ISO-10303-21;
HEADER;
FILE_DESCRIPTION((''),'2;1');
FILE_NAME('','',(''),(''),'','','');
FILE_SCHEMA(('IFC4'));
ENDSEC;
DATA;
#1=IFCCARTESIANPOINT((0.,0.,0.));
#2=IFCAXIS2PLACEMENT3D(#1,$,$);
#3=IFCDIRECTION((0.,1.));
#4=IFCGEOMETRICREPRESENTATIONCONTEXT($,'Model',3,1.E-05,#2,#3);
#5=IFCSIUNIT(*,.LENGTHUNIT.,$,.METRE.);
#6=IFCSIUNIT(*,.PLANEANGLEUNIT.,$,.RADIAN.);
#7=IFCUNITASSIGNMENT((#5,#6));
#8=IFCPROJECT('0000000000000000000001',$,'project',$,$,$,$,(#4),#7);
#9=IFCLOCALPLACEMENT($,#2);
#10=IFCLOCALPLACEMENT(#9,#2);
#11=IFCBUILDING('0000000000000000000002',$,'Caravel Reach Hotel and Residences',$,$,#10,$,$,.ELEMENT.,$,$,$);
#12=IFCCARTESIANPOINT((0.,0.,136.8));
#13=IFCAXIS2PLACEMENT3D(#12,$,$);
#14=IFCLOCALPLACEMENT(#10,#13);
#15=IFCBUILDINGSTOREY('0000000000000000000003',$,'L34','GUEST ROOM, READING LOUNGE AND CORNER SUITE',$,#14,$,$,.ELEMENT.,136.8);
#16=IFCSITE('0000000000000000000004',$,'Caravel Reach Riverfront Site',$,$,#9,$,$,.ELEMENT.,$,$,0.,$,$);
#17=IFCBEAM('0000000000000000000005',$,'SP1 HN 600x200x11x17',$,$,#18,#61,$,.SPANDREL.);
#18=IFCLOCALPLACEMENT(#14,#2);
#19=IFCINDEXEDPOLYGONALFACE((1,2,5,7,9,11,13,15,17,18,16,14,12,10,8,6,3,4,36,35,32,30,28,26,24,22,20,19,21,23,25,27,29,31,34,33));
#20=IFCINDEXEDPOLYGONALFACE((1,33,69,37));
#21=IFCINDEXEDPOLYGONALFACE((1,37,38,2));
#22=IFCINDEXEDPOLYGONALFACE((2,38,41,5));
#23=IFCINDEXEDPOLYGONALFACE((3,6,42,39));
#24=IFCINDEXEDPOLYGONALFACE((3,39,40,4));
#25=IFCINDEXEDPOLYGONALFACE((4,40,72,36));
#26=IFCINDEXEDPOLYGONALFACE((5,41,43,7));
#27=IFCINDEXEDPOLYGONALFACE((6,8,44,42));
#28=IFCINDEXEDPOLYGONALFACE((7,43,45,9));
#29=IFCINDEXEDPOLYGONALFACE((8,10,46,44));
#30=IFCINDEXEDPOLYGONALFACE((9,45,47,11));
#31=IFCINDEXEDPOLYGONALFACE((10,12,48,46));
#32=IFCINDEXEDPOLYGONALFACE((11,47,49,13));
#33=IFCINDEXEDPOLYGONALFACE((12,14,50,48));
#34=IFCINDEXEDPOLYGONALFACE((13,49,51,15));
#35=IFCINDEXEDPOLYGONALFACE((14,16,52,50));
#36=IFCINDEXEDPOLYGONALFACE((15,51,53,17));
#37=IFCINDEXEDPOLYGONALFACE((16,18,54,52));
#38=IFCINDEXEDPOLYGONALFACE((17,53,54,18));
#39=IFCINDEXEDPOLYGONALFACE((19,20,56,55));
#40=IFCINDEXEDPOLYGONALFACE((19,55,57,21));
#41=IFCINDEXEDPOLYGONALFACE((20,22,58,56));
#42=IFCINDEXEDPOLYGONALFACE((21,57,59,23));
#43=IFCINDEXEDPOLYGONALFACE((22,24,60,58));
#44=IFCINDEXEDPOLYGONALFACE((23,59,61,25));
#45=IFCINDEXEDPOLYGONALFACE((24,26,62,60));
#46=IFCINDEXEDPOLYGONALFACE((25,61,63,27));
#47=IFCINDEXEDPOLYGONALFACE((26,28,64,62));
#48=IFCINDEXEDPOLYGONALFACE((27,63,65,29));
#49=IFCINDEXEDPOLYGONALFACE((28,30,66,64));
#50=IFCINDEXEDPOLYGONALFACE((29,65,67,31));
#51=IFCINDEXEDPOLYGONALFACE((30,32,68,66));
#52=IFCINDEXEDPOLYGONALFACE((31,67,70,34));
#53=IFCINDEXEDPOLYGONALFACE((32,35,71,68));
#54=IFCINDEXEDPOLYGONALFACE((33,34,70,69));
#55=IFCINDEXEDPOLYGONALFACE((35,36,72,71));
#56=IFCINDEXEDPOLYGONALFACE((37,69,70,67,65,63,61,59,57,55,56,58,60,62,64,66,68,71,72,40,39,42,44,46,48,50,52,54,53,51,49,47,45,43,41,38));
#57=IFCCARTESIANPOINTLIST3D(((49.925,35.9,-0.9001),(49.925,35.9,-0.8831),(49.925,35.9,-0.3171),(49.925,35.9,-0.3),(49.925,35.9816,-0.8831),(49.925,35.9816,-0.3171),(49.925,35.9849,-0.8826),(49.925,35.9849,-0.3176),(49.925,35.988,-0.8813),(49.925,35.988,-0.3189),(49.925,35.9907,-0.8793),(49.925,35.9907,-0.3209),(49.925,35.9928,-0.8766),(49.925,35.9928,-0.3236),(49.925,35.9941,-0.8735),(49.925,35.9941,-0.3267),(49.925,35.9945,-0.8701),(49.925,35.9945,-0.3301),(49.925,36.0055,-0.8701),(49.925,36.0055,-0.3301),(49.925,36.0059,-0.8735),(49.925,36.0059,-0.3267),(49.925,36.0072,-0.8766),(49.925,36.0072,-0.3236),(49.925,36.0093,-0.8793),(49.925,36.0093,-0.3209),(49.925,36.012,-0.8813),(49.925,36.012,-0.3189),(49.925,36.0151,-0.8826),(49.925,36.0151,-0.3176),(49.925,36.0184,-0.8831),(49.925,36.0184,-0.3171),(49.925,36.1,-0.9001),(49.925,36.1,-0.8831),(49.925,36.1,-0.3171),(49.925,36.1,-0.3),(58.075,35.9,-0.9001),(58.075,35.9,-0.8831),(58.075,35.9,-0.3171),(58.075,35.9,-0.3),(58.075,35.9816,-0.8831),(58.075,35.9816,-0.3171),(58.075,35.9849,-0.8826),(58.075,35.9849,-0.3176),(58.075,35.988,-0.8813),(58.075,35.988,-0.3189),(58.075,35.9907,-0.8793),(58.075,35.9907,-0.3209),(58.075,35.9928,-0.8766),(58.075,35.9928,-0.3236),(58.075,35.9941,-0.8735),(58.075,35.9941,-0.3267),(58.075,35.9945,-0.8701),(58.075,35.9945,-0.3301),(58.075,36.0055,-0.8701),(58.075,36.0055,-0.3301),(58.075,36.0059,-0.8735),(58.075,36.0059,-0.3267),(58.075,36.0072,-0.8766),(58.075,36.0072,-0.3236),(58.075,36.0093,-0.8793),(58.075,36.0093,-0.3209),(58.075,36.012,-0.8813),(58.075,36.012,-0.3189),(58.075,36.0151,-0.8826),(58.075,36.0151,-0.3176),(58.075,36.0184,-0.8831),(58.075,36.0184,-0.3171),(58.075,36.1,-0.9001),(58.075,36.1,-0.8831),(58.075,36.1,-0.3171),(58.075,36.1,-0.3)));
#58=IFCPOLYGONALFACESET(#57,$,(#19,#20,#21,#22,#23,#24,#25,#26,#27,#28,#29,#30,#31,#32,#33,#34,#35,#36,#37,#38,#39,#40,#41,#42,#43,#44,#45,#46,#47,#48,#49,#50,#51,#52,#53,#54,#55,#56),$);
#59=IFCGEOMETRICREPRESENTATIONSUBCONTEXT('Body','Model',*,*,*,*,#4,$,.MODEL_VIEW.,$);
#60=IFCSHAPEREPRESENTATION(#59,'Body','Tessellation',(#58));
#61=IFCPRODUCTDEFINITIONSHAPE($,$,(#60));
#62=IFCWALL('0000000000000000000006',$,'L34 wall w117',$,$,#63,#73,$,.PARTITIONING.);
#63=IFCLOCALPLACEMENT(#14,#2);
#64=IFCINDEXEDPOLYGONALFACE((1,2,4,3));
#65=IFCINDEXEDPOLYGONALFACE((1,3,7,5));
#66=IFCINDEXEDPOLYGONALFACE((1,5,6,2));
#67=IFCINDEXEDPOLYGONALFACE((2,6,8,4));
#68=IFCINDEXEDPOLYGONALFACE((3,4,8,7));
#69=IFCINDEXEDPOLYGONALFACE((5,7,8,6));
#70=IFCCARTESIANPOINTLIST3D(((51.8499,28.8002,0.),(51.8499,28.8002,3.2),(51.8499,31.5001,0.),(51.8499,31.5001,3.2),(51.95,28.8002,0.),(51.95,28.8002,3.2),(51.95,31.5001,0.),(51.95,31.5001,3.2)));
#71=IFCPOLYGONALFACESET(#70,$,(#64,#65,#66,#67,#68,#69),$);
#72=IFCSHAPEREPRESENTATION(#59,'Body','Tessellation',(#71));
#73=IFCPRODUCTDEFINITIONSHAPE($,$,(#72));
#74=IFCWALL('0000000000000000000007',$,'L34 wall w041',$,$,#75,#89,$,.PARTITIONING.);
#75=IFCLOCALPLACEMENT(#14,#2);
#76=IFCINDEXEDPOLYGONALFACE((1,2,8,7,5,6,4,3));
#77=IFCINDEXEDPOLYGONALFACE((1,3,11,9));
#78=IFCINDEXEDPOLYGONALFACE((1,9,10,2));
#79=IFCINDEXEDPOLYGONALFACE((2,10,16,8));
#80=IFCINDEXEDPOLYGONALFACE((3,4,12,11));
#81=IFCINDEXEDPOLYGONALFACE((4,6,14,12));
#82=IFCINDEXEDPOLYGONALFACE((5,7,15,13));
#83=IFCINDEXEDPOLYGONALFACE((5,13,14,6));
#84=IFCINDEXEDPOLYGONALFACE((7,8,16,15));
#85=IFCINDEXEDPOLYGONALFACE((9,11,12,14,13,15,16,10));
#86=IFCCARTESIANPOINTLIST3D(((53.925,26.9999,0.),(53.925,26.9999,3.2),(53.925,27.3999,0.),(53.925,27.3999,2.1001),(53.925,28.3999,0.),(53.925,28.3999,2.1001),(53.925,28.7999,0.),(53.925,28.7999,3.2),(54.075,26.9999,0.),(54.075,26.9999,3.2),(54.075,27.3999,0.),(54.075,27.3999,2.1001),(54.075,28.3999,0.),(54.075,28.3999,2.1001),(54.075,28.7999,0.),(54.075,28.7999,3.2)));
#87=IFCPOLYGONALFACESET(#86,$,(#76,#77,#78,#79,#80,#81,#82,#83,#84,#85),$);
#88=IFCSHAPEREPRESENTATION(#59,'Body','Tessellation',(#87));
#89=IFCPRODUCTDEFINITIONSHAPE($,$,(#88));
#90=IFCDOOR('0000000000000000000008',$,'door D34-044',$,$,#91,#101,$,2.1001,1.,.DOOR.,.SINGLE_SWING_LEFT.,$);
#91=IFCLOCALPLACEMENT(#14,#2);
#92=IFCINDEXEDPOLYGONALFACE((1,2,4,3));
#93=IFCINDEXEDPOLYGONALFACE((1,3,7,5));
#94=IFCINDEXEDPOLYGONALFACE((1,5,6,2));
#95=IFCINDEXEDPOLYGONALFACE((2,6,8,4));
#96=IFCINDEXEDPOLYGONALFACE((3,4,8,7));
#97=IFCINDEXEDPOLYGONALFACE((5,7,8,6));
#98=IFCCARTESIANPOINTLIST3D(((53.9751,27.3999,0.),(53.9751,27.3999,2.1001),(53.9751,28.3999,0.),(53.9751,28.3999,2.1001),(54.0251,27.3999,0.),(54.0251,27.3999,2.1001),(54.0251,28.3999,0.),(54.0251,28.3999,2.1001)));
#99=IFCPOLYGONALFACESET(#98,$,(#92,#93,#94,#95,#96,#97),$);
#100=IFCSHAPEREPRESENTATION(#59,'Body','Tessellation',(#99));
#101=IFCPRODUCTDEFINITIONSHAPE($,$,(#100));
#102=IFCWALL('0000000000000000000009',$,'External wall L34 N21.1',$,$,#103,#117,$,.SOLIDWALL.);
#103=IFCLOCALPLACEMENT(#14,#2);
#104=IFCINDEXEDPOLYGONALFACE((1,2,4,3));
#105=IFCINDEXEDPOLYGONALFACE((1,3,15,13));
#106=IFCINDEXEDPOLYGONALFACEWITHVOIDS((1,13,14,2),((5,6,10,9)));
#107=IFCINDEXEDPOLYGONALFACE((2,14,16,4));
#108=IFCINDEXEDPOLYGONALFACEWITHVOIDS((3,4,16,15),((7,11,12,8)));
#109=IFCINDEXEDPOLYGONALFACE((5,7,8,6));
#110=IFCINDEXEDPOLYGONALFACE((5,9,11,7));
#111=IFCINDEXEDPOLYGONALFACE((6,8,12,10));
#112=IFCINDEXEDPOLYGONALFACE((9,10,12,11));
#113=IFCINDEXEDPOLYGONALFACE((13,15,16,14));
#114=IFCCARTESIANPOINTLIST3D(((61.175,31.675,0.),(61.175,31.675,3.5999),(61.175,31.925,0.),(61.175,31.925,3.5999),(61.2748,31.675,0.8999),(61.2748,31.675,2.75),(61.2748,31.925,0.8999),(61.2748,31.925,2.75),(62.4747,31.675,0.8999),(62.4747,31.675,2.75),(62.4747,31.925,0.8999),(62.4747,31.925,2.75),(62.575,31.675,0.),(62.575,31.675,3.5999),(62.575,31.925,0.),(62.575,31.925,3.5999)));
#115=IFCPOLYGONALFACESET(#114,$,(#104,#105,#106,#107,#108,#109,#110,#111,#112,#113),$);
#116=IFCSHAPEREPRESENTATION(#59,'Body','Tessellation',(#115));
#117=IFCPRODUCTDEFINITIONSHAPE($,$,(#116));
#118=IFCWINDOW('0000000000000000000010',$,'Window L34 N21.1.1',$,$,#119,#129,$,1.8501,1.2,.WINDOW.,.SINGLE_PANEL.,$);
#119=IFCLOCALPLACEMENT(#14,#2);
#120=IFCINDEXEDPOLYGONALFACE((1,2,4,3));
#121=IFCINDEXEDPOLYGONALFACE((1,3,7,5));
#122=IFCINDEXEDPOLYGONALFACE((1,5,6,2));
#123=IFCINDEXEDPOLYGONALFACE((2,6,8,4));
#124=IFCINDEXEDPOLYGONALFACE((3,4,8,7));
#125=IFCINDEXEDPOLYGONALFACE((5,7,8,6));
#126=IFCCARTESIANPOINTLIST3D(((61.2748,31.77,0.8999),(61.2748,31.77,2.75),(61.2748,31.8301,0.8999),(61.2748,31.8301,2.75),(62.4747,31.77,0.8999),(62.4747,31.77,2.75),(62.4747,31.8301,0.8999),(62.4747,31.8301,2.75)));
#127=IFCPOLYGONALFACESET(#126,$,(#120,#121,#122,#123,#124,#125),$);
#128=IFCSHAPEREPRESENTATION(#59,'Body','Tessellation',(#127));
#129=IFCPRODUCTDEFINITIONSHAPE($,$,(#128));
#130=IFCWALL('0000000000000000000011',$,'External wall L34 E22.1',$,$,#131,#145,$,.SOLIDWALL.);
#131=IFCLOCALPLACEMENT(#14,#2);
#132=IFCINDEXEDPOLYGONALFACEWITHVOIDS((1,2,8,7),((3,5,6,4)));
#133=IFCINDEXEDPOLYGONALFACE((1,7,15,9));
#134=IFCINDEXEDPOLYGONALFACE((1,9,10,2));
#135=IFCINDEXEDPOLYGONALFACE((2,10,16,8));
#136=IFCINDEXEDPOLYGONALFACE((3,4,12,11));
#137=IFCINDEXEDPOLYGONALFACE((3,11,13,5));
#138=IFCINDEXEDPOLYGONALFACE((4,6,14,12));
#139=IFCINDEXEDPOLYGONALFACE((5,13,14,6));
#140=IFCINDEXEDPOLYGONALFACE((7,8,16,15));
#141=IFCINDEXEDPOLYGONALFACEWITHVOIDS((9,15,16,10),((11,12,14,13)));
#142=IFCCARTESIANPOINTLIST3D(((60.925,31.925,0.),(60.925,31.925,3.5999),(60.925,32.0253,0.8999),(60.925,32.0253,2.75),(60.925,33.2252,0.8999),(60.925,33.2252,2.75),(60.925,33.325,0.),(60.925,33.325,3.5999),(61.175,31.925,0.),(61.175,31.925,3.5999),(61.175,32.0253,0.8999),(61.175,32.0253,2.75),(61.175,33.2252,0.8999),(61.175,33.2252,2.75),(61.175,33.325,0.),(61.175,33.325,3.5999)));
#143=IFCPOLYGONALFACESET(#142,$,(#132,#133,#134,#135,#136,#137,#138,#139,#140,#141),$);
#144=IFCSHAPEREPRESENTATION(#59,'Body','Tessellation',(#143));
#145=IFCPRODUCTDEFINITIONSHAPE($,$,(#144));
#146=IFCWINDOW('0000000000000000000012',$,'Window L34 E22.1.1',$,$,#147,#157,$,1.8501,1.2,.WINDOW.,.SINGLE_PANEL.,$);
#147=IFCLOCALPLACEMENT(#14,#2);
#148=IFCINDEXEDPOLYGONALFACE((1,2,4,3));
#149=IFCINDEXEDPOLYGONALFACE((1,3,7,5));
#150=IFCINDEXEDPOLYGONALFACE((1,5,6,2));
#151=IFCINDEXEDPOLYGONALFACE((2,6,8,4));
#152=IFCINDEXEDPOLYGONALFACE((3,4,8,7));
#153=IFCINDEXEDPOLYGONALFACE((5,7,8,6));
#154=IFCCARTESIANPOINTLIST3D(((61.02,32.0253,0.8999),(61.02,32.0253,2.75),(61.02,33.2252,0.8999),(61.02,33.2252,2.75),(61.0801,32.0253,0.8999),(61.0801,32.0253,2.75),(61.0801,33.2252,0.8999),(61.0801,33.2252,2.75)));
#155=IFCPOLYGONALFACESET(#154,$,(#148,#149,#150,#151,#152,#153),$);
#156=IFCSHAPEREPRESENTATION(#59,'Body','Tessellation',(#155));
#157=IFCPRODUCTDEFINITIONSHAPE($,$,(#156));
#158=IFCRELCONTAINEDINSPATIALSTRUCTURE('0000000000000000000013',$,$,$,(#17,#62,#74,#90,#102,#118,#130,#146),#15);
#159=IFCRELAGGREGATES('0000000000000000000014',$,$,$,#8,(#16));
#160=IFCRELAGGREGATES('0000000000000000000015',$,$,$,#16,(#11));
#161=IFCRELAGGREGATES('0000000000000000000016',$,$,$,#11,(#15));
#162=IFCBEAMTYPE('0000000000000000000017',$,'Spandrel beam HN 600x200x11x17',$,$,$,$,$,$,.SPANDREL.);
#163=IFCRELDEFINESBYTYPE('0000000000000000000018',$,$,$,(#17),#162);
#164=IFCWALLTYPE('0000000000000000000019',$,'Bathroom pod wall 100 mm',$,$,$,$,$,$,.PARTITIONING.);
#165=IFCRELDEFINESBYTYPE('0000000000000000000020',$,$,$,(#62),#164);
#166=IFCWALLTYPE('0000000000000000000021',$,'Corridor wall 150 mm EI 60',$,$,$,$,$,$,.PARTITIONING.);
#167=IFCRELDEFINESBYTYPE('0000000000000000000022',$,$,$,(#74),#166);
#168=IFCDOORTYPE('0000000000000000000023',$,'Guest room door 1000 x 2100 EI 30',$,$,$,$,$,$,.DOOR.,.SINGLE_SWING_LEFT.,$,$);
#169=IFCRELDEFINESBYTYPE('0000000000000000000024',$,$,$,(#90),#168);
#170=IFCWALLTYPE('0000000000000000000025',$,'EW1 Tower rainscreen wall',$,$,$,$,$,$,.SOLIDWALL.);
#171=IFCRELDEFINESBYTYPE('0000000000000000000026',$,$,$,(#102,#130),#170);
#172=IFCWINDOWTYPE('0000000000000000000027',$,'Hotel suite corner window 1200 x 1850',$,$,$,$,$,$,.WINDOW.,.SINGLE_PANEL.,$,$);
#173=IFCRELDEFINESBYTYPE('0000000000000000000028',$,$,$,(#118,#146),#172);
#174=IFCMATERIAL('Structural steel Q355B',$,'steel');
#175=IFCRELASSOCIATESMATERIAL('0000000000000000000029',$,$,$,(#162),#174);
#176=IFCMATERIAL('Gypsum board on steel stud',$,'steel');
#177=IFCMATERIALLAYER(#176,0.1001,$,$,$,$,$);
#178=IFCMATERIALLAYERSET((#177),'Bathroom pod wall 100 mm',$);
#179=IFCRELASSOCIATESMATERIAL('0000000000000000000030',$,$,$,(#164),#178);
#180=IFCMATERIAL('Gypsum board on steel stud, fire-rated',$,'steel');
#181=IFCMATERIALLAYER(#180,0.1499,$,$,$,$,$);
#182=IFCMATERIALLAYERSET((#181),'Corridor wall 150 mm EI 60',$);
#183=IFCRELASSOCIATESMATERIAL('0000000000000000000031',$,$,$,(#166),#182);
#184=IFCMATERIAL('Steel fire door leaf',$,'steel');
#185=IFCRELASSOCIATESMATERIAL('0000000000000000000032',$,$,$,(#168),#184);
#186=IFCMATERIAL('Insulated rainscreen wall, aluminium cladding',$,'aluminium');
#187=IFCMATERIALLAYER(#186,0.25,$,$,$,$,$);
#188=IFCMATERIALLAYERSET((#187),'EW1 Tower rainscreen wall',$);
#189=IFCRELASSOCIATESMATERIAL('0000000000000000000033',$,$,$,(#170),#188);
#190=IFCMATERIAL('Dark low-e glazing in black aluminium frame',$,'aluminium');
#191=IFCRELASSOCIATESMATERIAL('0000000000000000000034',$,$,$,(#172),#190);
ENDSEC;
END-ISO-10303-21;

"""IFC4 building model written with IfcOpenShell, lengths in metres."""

from ifc_helpers import new_model, si_unit, direction, frame, frame_2d, origin, origin_2d, place, context, subcontext, project, spatial, rectangle, i_section, extrude, material, layer, layer_set, material_profile, profile_set, type_object, element, fill, save


model = new_model("IFC4")

# Units and contexts
model_context = context("Model", 3, precision=1e-05, world=origin(), true_north=direction((0.0, 1.0)))
body_context = subcontext(model_context, "Body", "Model", "MODEL_VIEW")
ifc_project = project(units=[si_unit("LENGTHUNIT", "METRE"), si_unit("PLANEANGLEUNIT", "RADIAN")], contexts=[model_context])

# Site, building, storey
site_placement = place(None, origin())
site = spatial("IfcSite", under=ifc_project, at=site_placement, Name="Caravel Reach Riverfront Site", CompositionType="ELEMENT", RefElevation=0.0)
building_placement = place(site_placement, origin())
building = spatial("IfcBuilding", under=site, at=building_placement, Name="Caravel Reach Hotel and Residences", CompositionType="ELEMENT")
storey_placement = place(building_placement, frame((0.0, 0.0, 136.8)))
storey = spatial("IfcBuildingStorey", under=building, at=storey_placement, Name="L34", Description="GUEST ROOM, READING LOUNGE AND CORNER SUITE", CompositionType="ELEMENT", Elevation=136.8)

# Beam
ifc_material_1 = material(Name="Structural steel Q355B", Category="steel")
ifc_material_profile_1 = material_profile(ifc_material_1, i_section(OverallWidth=0.2, OverallDepth=0.6001, WebThickness=0.011, FlangeThickness=0.0171, FilletRadius=0.0129, at=origin_2d()), Name="HN 600x200x11x17")
ifc_profile_set_1 = profile_set([ifc_material_profile_1], Name="Structural steel Q355B")
beam_type_1 = type_object("IfcBeamType", Name="Spandrel beam HN 600x200x11x17", PredefinedType="SPANDREL", material=ifc_profile_set_1)
beam_1_placement = place(storey_placement, frame((58.075, 36.0, -0.6001), z_axis=(-1.0, 0.0, 0.0), x_axis=(0.0, -1.0, 0.0)))
element("IfcBeam", 1, at=beam_1_placement, inside=storey, type_object=beam_type_1, Name="SP1 HN 600x200x11x17", PredefinedType="SPANDREL", context=body_context, shape_type="SweptSolid", body=[
    extrude(i_section(OverallWidth=0.2, OverallDepth=0.6001, WebThickness=0.011, FlangeThickness=0.0171, FilletRadius=0.0129, at=origin_2d()), origin(), (0.0, 0.0, 1.0), 8.1499),
])

# Wall
ifc_material_2 = material(Name="Gypsum board on steel stud", Category="steel")
ifc_layer_1 = layer(ifc_material_2, 0.1001)
ifc_layer_set_1 = layer_set([ifc_layer_1], Name="Bathroom pod wall 100 mm")
wall_type_1 = type_object("IfcWallType", Name="Bathroom pod wall 100 mm", PredefinedType="PARTITIONING", material=ifc_layer_set_1)
wall_1_placement = place(storey_placement, frame((51.8999, 28.8, 0.0), z_axis=(0.0, 0.0, 1.0), x_axis=(0.0, 1.0, 0.0)))
element("IfcWall", 2, at=wall_1_placement, inside=storey, type_object=wall_type_1, Name="L34 wall w117", PredefinedType="PARTITIONING", context=body_context, shape_type="SweptSolid", body=[
    extrude(rectangle(XDim=2.7, YDim=0.1001, at=frame_2d((1.3501, 0.0))), origin(), (0.0, 0.0, 1.0), 3.2),
])

# Wall, opening, door
ifc_material_3 = material(Name="Gypsum board on steel stud, fire-rated", Category="steel")
ifc_layer_2 = layer(ifc_material_3, 0.1499)
ifc_layer_set_2 = layer_set([ifc_layer_2], Name="Corridor wall 150 mm EI 60")
wall_type_2 = type_object("IfcWallType", Name="Corridor wall 150 mm EI 60", PredefinedType="PARTITIONING", material=ifc_layer_set_2)
wall_2_placement = place(storey_placement, frame((54.0, 27.0, 0.0), z_axis=(0.0, 0.0, 1.0), x_axis=(0.0, 1.0, 0.0)))
wall_2 = element("IfcWall", 3, at=wall_2_placement, inside=storey, type_object=wall_type_2, Name="L34 wall w041", PredefinedType="PARTITIONING", context=body_context, shape_type="SweptSolid", body=[
    extrude(rectangle(XDim=1.8, YDim=0.1499, at=frame_2d((0.8999, 0.0))), origin(), (0.0, 0.0, 1.0), 3.2),
])
opening_1_placement = place(wall_2_placement, frame((0.3999, 0.0, 0.0)))
opening_1 = element("IfcOpeningElement", 4, at=opening_1_placement, cuts=wall_2, PredefinedType="OPENING", context=body_context, shape_type="SweptSolid", body=[
    extrude(rectangle(XDim=1.0, YDim=2.1001, at=frame_2d((0.5, 1.05))), frame((0.0, 0.085, 0.0), z_axis=(0.0, -1.0, 0.0), x_axis=(1.0, 0.0, 0.0)), (0.0, 0.0, 1.0), 0.1699),
])
ifc_material_4 = material(Name="Steel fire door leaf", Category="steel")
door_type = type_object("IfcDoorType", Name="Guest room door 1000 x 2100 EI 30", OperationType="SINGLE_SWING_LEFT", PredefinedType="DOOR", material=ifc_material_4)
door_placement = place(opening_1_placement, origin())
door = element("IfcDoor", 5, at=door_placement, inside=storey, type_object=door_type, Name="door D34-044", OperationType="SINGLE_SWING_LEFT", OverallHeight=2.1001, OverallWidth=1.0, PredefinedType="DOOR", context=body_context, shape_type="SweptSolid", body=[
    extrude(rectangle(XDim=1.0, YDim=2.1001, at=frame_2d((0.5, 1.05))), frame((0.0, 0.0249, 0.0), z_axis=(0.0, -1.0, 0.0), x_axis=(1.0, 0.0, 0.0)), (0.0, 0.0, 1.0), 0.05),
])
fill(opening_1, door)

# Walls, openings, windows
ifc_material_5 = material(Name="Insulated rainscreen wall, aluminium cladding", Category="aluminium")
ifc_layer_3 = layer(ifc_material_5, 0.25)
ifc_layer_set_3 = layer_set([ifc_layer_3], Name="EW1 Tower rainscreen wall")
wall_type_3 = type_object("IfcWallType", Name="EW1 Tower rainscreen wall", PredefinedType="SOLIDWALL", material=ifc_layer_set_3)
wall_3_placement = place(storey_placement, frame((62.575, 31.8, 0.0), z_axis=(0.0, 0.0, 1.0), x_axis=(-1.0, 0.0, 0.0)))
wall_3 = element("IfcWall", 6, at=wall_3_placement, inside=storey, type_object=wall_type_3, Name="External wall L34 N21.1", PredefinedType="SOLIDWALL", context=body_context, shape_type="SweptSolid", body=[
    extrude(rectangle(XDim=1.3999, YDim=0.25, at=frame_2d((0.7, 0.0))), origin(), (0.0, 0.0, 1.0), 3.5999),
])
opening_2_placement = place(wall_3_placement, frame((0.1001, 0.0, 0.8999)))
opening_2 = element("IfcOpeningElement", 7, at=opening_2_placement, cuts=wall_3, PredefinedType="OPENING", context=body_context, shape_type="SweptSolid", body=[
    extrude(rectangle(XDim=1.2, YDim=1.8501, at=frame_2d((0.6001, 0.925))), frame((0.0, 0.135, 0.0), z_axis=(0.0, -1.0, 0.0), x_axis=(1.0, 0.0, 0.0)), (0.0, 0.0, 1.0), 0.27),
])
ifc_material_6 = material(Name="Dark low-e glazing in black aluminium frame", Category="aluminium")
window_type_1 = type_object("IfcWindowType", Name="Hotel suite corner window 1200 x 1850", PartitioningType="SINGLE_PANEL", PredefinedType="WINDOW", material=ifc_material_6)
window_1_placement = place(opening_2_placement, origin())
window_1 = element("IfcWindow", 8, at=window_1_placement, inside=storey, type_object=window_type_1, Name="Window L34 N21.1.1", OverallHeight=1.8501, OverallWidth=1.2, PartitioningType="SINGLE_PANEL", PredefinedType="WINDOW", context=body_context, shape_type="SweptSolid", body=[
    extrude(rectangle(XDim=1.2, YDim=1.8501, at=frame_2d((0.6001, 0.925))), frame((0.0, 0.03, 0.0), z_axis=(0.0, -1.0, 0.0), x_axis=(1.0, 0.0, 0.0)), (0.0, 0.0, 1.0), 0.0601),
])
fill(opening_2, window_1)
wall_4_placement = place(storey_placement, frame((61.05, 31.925, 0.0), z_axis=(0.0, 0.0, 1.0), x_axis=(0.0, 1.0, 0.0)))
wall_4 = element("IfcWall", 9, at=wall_4_placement, inside=storey, type_object=wall_type_3, Name="External wall L34 E22.1", PredefinedType="SOLIDWALL", context=body_context, shape_type="SweptSolid", body=[
    extrude(rectangle(XDim=1.3999, YDim=0.25, at=frame_2d((0.7, 0.0))), origin(), (0.0, 0.0, 1.0), 3.5999),
])
opening_3_placement = place(wall_4_placement, frame((0.1001, 0.0, 0.8999)))
opening_3 = element("IfcOpeningElement", 10, at=opening_3_placement, cuts=wall_4, PredefinedType="OPENING", context=body_context, shape_type="SweptSolid", body=[
    extrude(rectangle(XDim=1.2, YDim=1.8501, at=frame_2d((0.6001, 0.925))), frame((0.0, 0.135, 0.0), z_axis=(0.0, -1.0, 0.0), x_axis=(1.0, 0.0, 0.0)), (0.0, 0.0, 1.0), 0.27),
])
window_2_placement = place(opening_3_placement, origin())
window_2 = element("IfcWindow", 11, at=window_2_placement, inside=storey, type_object=window_type_1, Name="Window L34 E22.1.1", OverallHeight=1.8501, OverallWidth=1.2, PartitioningType="SINGLE_PANEL", PredefinedType="WINDOW", context=body_context, shape_type="SweptSolid", body=[
    extrude(rectangle(XDim=1.2, YDim=1.8501, at=frame_2d((0.6001, 0.925))), frame((0.0, 0.03, 0.0), z_axis=(0.0, -1.0, 0.0), x_axis=(1.0, 0.0, 0.0)), (0.0, 0.0, 1.0), 0.0601),
])
fill(opening_3, window_2)

save(model, "model.ifc")
